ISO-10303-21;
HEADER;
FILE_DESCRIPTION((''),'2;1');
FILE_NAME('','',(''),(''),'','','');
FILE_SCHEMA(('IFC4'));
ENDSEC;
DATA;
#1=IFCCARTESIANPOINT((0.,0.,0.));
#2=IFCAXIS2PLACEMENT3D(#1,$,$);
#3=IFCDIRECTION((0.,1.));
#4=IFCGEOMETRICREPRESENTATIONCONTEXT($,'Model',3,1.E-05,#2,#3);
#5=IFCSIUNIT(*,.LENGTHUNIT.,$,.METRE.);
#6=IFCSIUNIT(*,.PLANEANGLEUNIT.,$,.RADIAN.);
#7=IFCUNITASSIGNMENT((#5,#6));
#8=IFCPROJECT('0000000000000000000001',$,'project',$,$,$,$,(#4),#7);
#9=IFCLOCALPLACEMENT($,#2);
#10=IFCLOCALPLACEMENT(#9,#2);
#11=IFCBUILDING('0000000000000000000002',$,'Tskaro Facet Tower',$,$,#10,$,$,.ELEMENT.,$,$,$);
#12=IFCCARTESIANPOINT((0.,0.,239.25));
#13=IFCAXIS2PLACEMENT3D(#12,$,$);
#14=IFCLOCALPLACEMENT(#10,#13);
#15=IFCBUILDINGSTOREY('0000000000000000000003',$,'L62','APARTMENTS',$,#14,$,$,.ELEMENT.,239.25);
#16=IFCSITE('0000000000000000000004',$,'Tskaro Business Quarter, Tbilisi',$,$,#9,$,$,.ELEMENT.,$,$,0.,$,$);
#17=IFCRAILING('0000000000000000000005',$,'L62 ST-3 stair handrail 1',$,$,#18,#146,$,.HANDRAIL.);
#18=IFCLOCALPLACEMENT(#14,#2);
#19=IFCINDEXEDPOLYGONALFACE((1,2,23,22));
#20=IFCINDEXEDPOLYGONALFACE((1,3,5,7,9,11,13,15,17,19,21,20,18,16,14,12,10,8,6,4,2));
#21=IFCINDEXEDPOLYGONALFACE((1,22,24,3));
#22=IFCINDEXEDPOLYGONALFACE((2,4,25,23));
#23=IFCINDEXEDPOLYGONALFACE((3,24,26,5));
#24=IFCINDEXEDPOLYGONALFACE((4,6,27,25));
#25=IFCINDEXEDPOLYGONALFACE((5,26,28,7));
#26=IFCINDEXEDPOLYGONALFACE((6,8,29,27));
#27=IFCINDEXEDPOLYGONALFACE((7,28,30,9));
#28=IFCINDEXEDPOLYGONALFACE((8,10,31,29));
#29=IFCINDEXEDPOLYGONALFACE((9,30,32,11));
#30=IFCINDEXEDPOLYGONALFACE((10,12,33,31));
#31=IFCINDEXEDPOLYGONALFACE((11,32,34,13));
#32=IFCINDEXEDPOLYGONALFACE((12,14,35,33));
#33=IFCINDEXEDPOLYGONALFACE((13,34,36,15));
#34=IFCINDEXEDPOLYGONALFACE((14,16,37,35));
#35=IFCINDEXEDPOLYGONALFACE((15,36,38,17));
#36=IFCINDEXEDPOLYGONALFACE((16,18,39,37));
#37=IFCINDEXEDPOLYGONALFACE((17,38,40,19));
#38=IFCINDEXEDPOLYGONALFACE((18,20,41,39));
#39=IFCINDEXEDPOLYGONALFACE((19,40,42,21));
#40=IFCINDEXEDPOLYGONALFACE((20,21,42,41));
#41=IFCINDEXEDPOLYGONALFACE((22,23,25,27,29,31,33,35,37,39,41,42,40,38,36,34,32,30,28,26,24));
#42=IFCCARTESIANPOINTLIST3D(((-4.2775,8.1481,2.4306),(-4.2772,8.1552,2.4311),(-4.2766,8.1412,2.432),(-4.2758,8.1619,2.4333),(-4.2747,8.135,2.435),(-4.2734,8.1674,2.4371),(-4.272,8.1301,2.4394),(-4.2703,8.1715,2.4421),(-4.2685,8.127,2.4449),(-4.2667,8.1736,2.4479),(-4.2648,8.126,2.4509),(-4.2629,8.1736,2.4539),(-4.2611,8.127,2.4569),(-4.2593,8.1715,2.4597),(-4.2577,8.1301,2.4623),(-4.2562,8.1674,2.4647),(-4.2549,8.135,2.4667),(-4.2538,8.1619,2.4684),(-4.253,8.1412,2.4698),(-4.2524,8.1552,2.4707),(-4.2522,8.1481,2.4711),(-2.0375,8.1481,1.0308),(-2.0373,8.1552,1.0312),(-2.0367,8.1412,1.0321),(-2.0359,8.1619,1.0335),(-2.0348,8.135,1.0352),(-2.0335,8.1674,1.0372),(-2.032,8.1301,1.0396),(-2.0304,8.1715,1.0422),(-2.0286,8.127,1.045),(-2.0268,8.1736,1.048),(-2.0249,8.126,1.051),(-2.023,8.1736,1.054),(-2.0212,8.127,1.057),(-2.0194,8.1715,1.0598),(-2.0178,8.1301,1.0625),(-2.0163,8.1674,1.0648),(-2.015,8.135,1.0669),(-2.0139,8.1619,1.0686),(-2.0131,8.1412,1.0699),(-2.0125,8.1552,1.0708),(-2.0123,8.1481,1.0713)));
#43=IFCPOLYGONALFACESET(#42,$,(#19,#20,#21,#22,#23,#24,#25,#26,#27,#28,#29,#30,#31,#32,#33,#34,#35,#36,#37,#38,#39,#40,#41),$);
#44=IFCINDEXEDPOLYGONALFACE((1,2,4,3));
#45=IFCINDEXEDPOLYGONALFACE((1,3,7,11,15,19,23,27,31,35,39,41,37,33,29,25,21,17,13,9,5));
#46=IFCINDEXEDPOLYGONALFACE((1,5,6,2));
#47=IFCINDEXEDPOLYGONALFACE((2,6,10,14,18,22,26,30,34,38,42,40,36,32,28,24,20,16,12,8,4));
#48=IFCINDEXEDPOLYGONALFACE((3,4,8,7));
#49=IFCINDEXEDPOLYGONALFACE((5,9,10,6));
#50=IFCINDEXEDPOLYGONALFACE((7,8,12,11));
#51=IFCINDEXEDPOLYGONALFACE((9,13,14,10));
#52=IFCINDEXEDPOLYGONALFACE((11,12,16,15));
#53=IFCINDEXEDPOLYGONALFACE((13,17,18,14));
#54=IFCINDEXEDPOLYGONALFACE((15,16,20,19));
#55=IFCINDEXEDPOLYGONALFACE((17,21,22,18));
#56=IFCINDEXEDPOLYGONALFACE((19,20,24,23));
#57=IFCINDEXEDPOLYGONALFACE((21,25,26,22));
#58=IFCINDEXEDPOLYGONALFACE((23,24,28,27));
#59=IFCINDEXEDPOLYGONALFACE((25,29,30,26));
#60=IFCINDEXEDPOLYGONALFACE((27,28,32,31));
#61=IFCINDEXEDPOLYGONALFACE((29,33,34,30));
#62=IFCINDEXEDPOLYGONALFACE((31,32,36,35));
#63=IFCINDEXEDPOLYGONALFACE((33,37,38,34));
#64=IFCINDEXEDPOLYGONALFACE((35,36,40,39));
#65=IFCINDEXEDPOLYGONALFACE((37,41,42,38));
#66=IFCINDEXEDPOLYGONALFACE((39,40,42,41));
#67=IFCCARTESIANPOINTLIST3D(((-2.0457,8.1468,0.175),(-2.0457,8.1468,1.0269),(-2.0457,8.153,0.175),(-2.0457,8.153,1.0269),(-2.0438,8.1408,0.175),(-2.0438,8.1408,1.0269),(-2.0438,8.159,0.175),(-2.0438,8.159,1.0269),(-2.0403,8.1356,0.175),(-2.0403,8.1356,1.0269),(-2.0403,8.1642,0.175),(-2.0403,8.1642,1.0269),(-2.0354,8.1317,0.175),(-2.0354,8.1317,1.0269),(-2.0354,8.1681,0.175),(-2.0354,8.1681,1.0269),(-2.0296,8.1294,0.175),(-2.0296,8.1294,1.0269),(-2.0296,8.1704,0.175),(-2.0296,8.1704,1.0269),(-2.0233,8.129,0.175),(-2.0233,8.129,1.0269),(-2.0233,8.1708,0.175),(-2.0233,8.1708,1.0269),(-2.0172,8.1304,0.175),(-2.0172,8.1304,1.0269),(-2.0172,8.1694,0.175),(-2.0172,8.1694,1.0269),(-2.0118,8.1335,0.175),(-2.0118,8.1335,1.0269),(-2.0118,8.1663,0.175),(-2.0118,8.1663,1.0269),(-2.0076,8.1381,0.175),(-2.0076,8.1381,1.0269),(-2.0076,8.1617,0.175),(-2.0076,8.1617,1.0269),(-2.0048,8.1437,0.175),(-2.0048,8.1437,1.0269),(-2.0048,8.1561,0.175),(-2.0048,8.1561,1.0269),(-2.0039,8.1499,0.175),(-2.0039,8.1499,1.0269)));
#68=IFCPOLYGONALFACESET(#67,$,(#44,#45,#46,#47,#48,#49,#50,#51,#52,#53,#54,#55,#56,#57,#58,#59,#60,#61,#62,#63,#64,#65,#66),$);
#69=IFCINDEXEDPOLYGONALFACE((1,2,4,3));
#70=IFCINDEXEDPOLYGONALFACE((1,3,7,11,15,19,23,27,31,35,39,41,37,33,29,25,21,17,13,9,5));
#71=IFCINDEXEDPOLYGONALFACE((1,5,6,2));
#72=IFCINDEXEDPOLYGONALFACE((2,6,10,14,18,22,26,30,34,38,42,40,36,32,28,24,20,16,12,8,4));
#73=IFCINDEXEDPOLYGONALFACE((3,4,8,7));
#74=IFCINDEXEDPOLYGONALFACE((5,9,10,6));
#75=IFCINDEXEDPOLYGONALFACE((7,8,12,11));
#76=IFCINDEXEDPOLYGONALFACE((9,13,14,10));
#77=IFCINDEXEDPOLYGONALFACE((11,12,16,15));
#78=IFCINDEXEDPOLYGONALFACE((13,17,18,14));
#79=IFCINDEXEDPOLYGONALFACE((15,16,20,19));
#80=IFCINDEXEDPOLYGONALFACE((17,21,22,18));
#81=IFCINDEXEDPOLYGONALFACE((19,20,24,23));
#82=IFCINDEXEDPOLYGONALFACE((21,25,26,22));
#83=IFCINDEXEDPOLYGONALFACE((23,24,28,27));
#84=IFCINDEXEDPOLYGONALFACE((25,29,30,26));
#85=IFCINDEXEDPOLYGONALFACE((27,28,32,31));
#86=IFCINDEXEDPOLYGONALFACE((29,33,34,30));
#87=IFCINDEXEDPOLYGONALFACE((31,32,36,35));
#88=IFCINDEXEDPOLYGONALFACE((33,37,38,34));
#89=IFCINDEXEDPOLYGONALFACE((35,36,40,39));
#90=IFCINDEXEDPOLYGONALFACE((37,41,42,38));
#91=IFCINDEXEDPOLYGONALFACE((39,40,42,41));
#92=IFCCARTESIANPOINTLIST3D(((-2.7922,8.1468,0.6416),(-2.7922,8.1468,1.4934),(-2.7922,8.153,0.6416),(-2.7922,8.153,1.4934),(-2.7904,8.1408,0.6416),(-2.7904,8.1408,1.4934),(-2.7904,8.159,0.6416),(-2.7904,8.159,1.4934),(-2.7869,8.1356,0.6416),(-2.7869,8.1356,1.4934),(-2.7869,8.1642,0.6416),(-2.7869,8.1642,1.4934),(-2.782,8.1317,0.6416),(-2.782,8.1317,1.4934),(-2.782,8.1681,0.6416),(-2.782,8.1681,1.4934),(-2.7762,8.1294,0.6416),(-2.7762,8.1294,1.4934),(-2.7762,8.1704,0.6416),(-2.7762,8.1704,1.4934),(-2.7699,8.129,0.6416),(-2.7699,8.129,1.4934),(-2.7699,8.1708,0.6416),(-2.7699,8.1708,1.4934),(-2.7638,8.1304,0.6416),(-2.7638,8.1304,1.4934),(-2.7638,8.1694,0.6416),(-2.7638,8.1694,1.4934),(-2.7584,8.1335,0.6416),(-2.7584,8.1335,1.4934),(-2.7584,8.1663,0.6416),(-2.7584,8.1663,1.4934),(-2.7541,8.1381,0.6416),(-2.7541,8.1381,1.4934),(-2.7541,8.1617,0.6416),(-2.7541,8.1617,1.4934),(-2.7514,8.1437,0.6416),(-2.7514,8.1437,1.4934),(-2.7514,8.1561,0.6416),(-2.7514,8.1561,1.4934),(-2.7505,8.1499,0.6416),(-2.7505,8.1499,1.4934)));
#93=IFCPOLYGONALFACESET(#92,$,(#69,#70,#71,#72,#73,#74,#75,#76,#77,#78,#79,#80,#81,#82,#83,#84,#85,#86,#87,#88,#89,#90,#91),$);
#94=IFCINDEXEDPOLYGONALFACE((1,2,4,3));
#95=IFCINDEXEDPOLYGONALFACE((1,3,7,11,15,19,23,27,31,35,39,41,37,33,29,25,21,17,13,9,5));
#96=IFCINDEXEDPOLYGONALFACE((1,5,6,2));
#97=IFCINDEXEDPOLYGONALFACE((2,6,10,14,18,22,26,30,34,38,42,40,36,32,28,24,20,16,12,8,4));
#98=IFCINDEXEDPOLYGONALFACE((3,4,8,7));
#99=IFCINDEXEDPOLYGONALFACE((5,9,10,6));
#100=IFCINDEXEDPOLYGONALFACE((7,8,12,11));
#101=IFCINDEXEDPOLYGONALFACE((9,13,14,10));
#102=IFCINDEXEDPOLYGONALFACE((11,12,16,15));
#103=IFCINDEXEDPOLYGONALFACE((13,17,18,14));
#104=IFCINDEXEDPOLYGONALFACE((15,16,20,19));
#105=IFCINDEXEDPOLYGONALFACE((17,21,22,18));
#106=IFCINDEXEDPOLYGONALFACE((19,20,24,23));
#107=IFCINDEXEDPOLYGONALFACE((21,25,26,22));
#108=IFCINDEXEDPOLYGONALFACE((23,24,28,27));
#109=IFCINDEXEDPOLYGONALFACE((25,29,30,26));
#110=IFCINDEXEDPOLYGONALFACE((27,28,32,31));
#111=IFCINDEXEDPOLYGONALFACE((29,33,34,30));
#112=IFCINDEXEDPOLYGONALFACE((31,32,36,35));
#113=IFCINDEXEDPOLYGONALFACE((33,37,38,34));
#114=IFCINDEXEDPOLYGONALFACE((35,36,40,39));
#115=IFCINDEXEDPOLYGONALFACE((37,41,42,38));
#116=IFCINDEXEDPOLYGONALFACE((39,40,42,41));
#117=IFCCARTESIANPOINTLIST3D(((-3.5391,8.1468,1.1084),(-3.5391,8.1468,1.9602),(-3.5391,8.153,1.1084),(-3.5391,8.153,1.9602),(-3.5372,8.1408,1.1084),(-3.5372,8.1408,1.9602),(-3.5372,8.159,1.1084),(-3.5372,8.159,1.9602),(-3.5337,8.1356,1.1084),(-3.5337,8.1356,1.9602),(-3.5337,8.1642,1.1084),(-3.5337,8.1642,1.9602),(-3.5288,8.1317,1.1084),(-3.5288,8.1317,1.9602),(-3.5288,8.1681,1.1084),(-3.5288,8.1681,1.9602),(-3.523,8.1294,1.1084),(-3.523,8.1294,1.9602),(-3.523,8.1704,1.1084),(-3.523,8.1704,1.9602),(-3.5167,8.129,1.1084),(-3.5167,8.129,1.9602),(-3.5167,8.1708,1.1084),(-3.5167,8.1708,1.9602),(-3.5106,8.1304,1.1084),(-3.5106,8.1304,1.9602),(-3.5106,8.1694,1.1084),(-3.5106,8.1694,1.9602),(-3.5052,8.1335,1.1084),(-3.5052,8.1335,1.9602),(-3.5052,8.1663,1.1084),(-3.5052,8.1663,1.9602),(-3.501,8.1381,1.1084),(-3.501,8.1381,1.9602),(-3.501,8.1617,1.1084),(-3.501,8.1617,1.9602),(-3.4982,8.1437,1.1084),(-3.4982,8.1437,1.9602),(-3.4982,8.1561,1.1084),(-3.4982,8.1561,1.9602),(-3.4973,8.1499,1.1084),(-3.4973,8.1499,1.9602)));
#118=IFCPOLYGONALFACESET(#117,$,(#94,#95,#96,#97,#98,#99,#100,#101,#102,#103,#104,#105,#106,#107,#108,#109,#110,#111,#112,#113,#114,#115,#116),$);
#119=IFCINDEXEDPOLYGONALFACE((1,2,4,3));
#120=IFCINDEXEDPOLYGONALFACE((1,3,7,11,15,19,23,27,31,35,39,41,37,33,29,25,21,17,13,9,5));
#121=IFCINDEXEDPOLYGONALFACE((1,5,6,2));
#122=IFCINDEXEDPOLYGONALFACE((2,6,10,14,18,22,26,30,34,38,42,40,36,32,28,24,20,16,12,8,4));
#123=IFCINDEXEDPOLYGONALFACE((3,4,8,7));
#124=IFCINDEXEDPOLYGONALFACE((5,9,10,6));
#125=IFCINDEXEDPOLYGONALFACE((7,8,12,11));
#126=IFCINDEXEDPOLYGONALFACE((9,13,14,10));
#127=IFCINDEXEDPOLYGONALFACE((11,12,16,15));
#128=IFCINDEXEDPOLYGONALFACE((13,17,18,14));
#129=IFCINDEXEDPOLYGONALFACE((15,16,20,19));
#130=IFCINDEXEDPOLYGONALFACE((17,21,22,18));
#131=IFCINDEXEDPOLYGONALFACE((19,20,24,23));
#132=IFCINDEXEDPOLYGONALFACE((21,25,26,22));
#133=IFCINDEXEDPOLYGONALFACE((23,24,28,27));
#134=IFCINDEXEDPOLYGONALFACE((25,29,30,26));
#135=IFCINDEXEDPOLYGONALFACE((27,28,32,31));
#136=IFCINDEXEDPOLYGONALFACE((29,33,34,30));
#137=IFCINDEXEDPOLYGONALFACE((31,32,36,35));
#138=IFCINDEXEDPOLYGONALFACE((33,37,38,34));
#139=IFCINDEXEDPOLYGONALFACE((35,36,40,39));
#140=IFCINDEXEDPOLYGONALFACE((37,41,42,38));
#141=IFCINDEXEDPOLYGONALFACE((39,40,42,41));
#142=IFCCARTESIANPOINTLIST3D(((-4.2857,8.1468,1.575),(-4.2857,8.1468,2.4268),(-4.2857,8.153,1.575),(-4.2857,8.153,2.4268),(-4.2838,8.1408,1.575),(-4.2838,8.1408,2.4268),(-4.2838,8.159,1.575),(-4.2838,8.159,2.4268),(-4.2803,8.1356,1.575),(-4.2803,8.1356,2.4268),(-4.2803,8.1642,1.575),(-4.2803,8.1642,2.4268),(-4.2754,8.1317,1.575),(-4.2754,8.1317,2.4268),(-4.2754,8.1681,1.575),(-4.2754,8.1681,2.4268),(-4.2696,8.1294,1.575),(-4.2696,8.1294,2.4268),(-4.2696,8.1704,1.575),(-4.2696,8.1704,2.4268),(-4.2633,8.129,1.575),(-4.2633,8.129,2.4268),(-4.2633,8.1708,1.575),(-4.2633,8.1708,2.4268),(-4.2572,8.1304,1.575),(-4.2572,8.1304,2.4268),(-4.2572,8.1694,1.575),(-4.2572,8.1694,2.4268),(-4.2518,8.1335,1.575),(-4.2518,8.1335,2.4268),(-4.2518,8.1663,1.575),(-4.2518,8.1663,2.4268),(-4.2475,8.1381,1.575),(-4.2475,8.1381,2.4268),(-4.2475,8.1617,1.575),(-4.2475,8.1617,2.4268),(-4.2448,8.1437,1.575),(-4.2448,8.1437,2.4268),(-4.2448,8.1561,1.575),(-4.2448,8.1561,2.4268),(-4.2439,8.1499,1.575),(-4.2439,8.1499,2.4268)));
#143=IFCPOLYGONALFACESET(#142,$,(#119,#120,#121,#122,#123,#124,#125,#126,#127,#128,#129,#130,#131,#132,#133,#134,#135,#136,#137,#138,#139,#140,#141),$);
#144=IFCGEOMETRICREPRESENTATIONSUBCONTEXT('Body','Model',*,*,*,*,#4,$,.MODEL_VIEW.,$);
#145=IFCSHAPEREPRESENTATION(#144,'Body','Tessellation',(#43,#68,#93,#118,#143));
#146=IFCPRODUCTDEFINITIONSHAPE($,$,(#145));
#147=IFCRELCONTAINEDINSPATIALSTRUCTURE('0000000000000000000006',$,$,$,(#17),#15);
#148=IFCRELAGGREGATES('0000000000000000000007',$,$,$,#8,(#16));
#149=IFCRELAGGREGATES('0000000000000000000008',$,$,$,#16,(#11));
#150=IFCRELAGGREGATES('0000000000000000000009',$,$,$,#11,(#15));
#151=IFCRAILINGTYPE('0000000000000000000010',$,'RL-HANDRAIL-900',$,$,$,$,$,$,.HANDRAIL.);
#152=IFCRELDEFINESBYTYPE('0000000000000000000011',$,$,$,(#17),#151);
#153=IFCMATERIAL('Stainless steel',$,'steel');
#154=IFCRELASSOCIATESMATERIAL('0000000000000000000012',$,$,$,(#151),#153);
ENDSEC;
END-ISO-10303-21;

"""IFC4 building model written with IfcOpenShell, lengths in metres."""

from ifc_helpers import new_model, si_unit, direction, frame, origin, origin_2d, place, context, subcontext, project, spatial, circle, extrude, material, type_object, element, save


model = new_model("IFC4")

# Units and contexts
model_context = context("Model", 3, precision=1e-05, world=origin(), true_north=direction((0.0, 1.0)))
body_context = subcontext(model_context, "Body", "Model", "MODEL_VIEW")
ifc_project = project(units=[si_unit("LENGTHUNIT", "METRE"), si_unit("PLANEANGLEUNIT", "RADIAN")], contexts=[model_context])

# Site, building, storey
site_placement = place(None, origin())
site = spatial("IfcSite", under=ifc_project, at=site_placement, Name="Tskaro Business Quarter, Tbilisi", CompositionType="ELEMENT", RefElevation=0.0)
building_placement = place(site_placement, origin())
building = spatial("IfcBuilding", under=site, at=building_placement, Name="Tskaro Facet Tower", CompositionType="ELEMENT")
storey_placement = place(building_placement, frame((0.0, 0.0, 239.25)))
storey = spatial("IfcBuildingStorey", under=building, at=storey_placement, Name="L62", Description="APARTMENTS", CompositionType="ELEMENT", Elevation=239.25)

# Railing
ifc_material_1 = material(Name="Stainless steel", Category="steel")
railing_type_1 = type_object("IfcRailingType", Name="RL-HANDRAIL-900", PredefinedType="HANDRAIL", material=ifc_material_1)
railing_1_placement = place(storey_placement, frame((-2.0249, 8.1499, 0.175)))
element("IfcRailing", 1, at=railing_1_placement, inside=storey, type_object=railing_type_1, Name="L62 ST-3 stair handrail 1", PredefinedType="HANDRAIL", context=body_context, shape_type="SweptSolid", body=[
    extrude(circle(Radius=0.0239, at=origin_2d()), frame((0.0, 0.0, 0.876), z_axis=(-0.848014, 0.0, 0.529974), x_axis=(0.0, -1.0, 0.0)), (0.0, 0.0, 1.0), 2.6414),
    extrude(circle(Radius=0.021, at=origin_2d()), origin(), (0.0, 0.0, 1.0), 0.8518),
    extrude(circle(Radius=0.021, at=origin_2d()), frame((-0.7466, 0.0, 0.4666)), (0.0, 0.0, 1.0), 0.8518),
    extrude(circle(Radius=0.021, at=origin_2d()), frame((-1.4934, 0.0, 0.9333)), (0.0, 0.0, 1.0), 0.8518),
    extrude(circle(Radius=0.021, at=origin_2d()), frame((-2.24, 0.0, 1.3999)), (0.0, 0.0, 1.0), 0.8518),
])

save(model, "model.ifc")
